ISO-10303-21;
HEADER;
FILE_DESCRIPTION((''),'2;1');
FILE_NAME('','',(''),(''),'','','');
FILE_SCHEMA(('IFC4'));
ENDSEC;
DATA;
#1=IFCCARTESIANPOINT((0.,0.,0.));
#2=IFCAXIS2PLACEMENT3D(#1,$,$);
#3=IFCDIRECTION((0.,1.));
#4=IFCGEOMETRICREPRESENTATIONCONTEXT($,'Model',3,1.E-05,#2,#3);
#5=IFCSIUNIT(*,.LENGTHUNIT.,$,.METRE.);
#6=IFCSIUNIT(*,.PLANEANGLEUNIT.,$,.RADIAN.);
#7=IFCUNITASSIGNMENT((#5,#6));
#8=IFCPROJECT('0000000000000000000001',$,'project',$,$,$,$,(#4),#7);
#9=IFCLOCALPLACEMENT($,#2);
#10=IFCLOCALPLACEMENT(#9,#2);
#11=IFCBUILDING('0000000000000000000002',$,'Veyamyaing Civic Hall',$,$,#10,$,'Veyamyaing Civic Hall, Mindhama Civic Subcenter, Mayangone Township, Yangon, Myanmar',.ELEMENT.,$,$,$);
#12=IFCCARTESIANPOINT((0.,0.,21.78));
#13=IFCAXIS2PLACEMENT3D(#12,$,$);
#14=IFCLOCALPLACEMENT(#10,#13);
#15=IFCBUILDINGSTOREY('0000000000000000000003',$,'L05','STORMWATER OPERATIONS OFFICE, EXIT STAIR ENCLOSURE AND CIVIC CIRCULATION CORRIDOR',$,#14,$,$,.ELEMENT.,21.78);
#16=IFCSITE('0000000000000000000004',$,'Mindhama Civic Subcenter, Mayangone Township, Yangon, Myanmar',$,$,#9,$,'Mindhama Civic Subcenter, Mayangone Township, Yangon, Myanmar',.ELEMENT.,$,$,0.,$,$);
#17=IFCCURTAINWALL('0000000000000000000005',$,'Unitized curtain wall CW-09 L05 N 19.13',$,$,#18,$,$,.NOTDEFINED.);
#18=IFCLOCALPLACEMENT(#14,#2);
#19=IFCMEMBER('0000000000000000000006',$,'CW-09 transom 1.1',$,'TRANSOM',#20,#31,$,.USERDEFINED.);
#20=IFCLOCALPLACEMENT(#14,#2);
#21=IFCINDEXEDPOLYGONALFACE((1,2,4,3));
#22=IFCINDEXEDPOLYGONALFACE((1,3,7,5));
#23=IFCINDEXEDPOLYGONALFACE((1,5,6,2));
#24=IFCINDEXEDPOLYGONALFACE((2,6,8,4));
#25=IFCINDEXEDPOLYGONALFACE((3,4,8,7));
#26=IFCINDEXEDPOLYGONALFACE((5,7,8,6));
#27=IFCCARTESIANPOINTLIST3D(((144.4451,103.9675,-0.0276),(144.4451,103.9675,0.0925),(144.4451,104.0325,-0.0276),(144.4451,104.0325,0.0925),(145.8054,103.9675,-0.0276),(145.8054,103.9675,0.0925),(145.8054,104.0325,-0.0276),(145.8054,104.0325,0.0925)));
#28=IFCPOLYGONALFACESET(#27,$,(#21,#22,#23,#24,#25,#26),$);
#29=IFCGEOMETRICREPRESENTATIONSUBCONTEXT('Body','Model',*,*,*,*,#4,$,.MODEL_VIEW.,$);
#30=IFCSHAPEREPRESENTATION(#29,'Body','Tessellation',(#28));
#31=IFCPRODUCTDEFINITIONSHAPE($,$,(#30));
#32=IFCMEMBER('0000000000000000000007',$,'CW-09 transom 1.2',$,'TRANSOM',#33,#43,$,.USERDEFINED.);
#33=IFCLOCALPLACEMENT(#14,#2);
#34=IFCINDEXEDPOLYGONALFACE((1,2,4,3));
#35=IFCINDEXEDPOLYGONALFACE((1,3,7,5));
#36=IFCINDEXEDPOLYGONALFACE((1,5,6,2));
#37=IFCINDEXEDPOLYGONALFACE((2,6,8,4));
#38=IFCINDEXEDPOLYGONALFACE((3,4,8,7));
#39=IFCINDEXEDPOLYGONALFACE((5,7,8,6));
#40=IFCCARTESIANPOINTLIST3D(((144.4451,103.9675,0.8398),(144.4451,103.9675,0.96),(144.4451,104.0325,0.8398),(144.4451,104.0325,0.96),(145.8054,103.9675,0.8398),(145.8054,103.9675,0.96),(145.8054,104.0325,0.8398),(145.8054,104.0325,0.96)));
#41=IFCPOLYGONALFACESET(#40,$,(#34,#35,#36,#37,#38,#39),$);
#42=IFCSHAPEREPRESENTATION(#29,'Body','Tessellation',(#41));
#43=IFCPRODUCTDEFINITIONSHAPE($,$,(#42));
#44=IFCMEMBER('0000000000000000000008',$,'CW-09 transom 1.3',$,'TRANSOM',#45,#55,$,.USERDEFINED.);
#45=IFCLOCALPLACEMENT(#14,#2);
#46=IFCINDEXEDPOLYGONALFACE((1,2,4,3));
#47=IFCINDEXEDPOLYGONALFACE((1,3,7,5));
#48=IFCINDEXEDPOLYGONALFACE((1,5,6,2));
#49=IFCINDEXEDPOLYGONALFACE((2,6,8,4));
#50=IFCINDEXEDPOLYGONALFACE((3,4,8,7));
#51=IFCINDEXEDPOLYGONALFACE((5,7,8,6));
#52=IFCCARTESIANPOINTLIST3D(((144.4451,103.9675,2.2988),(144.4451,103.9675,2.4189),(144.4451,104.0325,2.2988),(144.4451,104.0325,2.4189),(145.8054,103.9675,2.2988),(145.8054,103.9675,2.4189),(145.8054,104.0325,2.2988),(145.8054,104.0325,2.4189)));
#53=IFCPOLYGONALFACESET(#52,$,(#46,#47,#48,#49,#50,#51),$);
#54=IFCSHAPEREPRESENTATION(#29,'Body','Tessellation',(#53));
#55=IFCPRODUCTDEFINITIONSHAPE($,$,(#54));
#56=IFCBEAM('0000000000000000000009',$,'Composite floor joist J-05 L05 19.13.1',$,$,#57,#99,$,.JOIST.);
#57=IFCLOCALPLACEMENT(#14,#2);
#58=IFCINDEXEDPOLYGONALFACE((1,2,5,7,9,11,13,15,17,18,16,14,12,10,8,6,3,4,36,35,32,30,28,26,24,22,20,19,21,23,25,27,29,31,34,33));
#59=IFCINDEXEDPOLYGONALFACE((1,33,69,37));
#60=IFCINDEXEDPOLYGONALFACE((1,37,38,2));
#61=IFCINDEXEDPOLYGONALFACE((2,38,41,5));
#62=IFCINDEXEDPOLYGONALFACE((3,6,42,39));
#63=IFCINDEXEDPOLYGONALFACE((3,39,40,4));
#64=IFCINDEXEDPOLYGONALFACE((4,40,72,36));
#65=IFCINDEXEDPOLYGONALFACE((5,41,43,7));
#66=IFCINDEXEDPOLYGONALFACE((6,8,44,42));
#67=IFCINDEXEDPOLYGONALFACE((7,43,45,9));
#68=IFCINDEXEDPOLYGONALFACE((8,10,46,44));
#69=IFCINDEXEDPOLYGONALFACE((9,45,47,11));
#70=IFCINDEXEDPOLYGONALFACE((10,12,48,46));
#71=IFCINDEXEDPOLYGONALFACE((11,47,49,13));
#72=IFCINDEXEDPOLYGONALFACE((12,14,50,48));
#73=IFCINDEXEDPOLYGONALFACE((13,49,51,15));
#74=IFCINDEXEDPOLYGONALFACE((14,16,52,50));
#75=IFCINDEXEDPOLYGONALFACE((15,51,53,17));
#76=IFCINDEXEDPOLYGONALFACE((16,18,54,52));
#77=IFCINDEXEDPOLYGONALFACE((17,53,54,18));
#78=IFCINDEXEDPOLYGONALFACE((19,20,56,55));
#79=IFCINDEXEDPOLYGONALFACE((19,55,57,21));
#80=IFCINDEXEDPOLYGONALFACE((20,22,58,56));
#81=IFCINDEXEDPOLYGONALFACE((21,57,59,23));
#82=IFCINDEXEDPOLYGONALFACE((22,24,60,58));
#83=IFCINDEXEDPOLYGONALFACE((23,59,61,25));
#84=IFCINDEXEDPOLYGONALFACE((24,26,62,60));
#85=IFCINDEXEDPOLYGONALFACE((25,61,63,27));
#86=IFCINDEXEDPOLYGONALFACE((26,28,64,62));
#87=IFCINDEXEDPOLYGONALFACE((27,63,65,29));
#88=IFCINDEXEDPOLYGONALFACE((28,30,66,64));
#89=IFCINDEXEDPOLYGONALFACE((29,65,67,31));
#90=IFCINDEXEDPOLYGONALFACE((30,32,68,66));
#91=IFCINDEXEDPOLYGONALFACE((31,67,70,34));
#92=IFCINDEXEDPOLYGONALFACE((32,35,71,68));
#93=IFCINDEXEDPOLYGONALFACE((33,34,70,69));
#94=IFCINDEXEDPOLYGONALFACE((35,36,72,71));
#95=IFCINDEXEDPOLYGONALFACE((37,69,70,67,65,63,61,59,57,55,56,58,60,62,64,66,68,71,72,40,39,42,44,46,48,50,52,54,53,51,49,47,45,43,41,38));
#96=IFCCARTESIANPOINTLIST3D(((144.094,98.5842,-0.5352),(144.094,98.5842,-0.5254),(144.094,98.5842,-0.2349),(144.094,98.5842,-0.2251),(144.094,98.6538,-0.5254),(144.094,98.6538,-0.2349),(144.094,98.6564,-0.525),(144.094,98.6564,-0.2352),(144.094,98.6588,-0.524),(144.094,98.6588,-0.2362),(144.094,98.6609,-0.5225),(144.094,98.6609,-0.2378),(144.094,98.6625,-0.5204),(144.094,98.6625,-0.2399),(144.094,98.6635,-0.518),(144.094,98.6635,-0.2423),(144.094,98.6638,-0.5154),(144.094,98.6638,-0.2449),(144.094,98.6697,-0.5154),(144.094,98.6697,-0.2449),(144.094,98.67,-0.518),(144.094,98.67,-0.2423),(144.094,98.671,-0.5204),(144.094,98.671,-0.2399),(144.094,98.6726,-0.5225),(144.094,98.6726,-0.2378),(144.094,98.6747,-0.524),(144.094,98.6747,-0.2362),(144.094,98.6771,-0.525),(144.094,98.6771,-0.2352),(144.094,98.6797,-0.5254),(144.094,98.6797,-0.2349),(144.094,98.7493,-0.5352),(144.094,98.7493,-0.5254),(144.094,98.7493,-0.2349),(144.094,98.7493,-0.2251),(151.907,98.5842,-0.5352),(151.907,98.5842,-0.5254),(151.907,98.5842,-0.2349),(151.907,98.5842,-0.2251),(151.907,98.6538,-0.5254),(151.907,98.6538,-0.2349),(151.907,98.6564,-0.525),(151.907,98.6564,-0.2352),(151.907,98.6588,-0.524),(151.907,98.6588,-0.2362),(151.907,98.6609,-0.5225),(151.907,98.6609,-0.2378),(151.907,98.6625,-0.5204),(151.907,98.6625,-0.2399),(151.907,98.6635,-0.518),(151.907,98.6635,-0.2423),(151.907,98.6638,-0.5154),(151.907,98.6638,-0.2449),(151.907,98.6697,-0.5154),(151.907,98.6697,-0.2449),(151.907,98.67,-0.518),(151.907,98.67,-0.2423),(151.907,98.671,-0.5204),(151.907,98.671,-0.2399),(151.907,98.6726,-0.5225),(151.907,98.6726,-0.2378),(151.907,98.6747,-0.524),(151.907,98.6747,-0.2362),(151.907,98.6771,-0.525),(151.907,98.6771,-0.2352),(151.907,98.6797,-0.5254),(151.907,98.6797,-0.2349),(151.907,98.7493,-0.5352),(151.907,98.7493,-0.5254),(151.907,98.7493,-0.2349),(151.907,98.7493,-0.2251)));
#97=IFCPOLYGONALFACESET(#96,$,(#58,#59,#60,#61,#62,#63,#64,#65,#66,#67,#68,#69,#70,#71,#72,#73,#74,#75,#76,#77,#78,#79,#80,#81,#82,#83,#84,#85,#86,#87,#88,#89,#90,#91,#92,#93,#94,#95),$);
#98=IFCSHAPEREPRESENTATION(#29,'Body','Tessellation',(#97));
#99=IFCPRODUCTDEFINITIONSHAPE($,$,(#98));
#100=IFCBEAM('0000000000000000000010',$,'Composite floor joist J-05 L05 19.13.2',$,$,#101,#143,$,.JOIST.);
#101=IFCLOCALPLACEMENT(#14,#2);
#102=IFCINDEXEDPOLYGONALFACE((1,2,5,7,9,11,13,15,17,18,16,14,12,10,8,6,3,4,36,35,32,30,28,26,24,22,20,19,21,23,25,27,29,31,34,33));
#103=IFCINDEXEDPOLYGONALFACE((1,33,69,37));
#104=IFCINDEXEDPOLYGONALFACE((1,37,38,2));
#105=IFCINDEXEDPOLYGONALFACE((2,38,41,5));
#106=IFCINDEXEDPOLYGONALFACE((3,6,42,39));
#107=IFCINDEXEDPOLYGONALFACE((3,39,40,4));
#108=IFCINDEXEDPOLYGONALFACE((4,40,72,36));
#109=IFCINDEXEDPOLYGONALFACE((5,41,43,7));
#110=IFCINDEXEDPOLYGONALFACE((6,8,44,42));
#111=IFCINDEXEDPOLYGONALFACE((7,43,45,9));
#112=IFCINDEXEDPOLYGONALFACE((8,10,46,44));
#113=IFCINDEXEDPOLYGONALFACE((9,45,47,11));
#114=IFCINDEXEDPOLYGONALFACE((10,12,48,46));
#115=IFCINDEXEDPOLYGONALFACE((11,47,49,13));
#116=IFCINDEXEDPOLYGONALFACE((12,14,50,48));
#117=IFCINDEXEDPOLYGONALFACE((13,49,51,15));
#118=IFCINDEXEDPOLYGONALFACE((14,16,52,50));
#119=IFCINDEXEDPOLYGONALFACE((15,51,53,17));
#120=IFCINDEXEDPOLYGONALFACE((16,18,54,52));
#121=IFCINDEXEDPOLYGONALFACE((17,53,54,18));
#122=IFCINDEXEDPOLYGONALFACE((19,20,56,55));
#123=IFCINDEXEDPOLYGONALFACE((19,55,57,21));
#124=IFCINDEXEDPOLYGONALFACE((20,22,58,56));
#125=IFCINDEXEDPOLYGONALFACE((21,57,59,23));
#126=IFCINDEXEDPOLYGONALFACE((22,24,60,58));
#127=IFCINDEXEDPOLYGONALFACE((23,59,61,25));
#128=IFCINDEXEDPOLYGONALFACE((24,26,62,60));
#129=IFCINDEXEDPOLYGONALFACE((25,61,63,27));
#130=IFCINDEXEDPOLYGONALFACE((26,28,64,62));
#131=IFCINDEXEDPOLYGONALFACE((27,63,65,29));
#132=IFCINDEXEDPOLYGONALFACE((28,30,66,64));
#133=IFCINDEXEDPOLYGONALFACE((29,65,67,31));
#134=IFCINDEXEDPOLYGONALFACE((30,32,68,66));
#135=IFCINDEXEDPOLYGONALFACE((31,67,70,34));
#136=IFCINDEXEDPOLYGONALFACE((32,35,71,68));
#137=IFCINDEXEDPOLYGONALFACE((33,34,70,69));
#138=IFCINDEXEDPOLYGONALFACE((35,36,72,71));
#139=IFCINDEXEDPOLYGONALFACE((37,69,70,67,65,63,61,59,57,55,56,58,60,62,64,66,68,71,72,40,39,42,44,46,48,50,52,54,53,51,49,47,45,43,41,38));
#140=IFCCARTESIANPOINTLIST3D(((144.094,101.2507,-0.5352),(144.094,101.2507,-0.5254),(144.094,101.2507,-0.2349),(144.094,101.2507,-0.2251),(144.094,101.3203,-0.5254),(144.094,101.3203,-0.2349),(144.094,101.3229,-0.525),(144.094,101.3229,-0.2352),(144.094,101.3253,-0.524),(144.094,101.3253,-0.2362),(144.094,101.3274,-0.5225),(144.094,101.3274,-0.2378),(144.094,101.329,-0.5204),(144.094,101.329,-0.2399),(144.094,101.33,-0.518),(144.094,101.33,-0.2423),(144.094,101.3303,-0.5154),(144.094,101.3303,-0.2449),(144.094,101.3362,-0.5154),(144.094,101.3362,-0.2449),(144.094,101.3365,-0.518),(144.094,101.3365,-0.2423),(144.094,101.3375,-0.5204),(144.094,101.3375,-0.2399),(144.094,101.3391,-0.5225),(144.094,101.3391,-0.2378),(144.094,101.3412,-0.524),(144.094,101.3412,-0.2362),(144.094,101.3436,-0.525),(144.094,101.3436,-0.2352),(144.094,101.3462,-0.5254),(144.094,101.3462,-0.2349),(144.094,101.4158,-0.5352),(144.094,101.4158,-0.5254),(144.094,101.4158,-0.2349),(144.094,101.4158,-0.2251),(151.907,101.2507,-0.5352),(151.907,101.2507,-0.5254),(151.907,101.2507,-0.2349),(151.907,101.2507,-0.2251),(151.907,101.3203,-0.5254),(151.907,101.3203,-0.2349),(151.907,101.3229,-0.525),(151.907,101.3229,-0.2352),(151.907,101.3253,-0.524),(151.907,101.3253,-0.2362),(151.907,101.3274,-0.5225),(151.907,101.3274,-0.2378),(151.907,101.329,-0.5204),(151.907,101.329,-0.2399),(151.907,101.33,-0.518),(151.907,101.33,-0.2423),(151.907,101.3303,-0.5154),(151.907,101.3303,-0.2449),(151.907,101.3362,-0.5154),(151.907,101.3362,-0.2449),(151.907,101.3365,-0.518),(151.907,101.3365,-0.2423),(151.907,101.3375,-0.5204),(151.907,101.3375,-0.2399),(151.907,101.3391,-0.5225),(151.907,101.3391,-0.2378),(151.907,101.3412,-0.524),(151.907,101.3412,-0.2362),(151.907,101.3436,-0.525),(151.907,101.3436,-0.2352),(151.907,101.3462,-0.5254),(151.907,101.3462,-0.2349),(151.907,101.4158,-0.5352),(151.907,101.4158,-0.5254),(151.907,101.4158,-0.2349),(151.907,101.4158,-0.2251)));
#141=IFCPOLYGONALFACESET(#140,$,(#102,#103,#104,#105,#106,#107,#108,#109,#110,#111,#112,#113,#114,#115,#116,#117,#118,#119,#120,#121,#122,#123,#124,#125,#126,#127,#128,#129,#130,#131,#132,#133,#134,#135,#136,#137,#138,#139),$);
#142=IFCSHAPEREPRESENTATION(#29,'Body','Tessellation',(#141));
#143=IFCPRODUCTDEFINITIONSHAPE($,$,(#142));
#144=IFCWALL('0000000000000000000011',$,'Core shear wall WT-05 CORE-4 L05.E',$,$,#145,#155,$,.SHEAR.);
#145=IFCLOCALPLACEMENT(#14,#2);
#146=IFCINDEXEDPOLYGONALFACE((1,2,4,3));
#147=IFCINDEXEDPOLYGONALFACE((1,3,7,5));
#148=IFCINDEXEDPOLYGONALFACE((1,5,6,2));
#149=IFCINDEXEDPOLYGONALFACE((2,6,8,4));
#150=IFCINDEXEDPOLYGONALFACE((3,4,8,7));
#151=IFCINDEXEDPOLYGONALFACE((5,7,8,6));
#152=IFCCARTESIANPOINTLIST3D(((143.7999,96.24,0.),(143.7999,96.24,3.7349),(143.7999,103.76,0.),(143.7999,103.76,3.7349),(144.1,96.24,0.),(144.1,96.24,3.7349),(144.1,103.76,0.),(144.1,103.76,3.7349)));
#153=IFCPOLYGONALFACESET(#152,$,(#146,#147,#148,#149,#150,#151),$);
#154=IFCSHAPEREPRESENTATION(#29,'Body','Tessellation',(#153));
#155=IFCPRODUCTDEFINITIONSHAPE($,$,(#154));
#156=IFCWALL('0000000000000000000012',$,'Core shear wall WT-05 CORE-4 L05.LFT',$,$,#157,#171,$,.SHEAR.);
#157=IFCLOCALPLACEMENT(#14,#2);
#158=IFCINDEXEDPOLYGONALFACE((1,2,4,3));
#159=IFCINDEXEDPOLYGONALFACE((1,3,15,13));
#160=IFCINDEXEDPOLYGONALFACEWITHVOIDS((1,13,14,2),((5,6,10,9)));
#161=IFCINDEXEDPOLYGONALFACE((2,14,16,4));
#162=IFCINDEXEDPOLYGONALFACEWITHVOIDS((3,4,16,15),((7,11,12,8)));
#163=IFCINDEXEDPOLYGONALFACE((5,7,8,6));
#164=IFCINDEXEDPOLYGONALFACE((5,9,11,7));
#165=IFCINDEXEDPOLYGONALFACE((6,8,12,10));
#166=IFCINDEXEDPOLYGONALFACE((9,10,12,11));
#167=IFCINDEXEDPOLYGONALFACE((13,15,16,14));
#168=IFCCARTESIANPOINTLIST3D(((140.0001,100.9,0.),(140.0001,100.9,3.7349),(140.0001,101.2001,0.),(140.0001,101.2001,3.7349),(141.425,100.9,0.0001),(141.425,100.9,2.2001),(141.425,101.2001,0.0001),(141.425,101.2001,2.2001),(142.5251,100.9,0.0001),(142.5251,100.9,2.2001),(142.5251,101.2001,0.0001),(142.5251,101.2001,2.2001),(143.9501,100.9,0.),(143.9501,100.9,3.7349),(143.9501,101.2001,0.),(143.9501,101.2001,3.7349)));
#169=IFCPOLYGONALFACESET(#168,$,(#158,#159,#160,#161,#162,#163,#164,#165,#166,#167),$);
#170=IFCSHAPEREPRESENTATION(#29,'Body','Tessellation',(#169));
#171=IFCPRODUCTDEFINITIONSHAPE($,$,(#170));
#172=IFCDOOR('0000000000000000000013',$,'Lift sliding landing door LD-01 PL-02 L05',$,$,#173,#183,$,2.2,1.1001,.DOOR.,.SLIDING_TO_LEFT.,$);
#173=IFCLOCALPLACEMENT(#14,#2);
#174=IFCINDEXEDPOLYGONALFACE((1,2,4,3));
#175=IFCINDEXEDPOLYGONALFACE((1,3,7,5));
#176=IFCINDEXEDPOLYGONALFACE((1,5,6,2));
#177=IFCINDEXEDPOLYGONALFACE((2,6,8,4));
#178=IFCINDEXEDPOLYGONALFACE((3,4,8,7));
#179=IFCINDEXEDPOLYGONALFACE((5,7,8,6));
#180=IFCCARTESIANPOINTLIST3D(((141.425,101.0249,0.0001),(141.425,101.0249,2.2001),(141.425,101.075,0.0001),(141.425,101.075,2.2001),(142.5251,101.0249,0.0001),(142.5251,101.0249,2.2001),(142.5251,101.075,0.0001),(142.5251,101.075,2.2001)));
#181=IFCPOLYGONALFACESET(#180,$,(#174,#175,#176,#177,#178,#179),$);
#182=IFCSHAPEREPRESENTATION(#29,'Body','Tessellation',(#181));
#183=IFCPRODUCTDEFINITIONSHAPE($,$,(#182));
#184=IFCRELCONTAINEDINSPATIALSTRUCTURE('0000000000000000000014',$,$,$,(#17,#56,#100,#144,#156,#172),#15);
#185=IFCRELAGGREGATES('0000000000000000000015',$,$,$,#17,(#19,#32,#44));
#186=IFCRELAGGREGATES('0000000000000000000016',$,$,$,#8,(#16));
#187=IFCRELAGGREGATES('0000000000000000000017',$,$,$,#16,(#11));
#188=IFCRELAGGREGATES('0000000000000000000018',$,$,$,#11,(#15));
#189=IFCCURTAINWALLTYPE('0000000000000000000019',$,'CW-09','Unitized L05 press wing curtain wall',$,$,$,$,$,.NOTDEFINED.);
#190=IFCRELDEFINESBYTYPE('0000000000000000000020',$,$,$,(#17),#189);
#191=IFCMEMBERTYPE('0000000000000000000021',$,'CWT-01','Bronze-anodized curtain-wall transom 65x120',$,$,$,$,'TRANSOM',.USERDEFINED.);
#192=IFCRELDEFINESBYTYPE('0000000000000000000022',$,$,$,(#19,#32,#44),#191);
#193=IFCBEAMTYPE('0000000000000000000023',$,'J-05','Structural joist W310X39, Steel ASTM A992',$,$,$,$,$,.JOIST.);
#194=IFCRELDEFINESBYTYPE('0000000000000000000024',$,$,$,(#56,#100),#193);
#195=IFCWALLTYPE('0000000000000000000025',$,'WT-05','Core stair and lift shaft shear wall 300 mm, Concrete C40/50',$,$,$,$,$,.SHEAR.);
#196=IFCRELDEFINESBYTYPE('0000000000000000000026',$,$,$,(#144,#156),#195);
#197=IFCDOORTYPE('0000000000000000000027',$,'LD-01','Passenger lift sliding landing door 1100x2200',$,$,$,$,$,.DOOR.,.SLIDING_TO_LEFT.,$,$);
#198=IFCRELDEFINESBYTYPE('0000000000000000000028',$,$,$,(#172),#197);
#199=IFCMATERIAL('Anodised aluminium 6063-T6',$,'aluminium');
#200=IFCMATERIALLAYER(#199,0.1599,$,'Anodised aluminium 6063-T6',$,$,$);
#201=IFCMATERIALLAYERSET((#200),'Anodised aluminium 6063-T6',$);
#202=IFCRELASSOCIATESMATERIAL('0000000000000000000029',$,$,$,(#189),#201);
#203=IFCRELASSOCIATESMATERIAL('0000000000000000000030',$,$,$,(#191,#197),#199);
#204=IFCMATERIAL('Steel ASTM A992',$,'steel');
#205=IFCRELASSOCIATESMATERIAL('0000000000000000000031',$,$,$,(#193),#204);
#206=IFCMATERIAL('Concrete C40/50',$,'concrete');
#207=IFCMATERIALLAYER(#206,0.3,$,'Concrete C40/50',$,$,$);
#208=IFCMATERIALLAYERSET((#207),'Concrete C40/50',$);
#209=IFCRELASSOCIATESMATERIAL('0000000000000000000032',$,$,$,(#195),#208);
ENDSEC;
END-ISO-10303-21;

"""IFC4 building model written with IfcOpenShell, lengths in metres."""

from ifc_helpers import new_model, si_unit, direction, frame, frame_2d, origin, origin_2d, place, context, subcontext, project, spatial, rectangle, i_section, extrude, material, layer, layer_set, material_profile, profile_set, type_object, element, fill, aggregate, save


model = new_model("IFC4")

# Units and contexts
model_context = context("Model", 3, precision=1e-05, world=origin(), true_north=direction((0.0, 1.0)))
body_context = subcontext(model_context, "Body", "Model", "MODEL_VIEW")
ifc_project = project(units=[si_unit("LENGTHUNIT", "METRE"), si_unit("PLANEANGLEUNIT", "RADIAN")], contexts=[model_context])

# Site, building, storey
site_placement = place(None, origin())
site = spatial("IfcSite", under=ifc_project, at=site_placement, Name="Mindhama Civic Subcenter, Mayangone Township, Yangon, Myanmar", LongName="Mindhama Civic Subcenter, Mayangone Township, Yangon, Myanmar", CompositionType="ELEMENT", RefElevation=0.0)
building_placement = place(site_placement, origin())
building = spatial("IfcBuilding", under=site, at=building_placement, Name="Veyamyaing Civic Hall", LongName="Veyamyaing Civic Hall, Mindhama Civic Subcenter, Mayangone Township, Yangon, Myanmar", CompositionType="ELEMENT")
storey_placement = place(building_placement, frame((0.0, 0.0, 21.78)))
storey = spatial("IfcBuildingStorey", under=building, at=storey_placement, Name="L05", Description="STORMWATER OPERATIONS OFFICE, EXIT STAIR ENCLOSURE AND CIVIC CIRCULATION CORRIDOR", CompositionType="ELEMENT", Elevation=21.78)

# Shared definitions
ifc_material_1 = material(Name="Steel ASTM A992", Category="steel")

# Curtain wall, members
ifc_material_2 = material(Name="Anodised aluminium 6063-T6", Category="aluminium")
ifc_layer_1 = layer(ifc_material_2, 0.1599, Name="Anodised aluminium 6063-T6")
ifc_layer_set_1 = layer_set([ifc_layer_1], Name="Anodised aluminium 6063-T6")
curtain_wall_type = type_object("IfcCurtainWallType", Name="CW-09", Description="Unitized L05 press wing curtain wall", PredefinedType="NOTDEFINED", material=ifc_layer_set_1)
curtain_wall_placement = place(storey_placement, origin())
curtain_wall = element("IfcCurtainWall", 1, at=curtain_wall_placement, inside=storey, type_object=curtain_wall_type, Name="Unitized curtain wall CW-09 L05 N 19.13", PredefinedType="NOTDEFINED")
ifc_material_profile_1 = material_profile(ifc_material_2, rectangle(XDim=0.0649, YDim=0.1201, at=origin_2d()), Name="ALU-TRN-65X120")
ifc_profile_set_1 = profile_set([ifc_material_profile_1], Name="Anodised aluminium 6063-T6")
member_type_1 = type_object("IfcMemberType", Name="CWT-01", Description="Bronze-anodized curtain-wall transom 65x120", ElementType="TRANSOM", PredefinedType="USERDEFINED", material=ifc_profile_set_1)
member_1_placement = place(storey_placement, frame((144.4451, 104.0, 0.0325), z_axis=(1.0, 0.0, 0.0), x_axis=(0.0, 1.0, 0.0)))
member_1 = element("IfcMember", 2, at=member_1_placement, type_object=member_type_1, Name="CW-09 transom 1.1", ObjectType="TRANSOM", PredefinedType="USERDEFINED", context=body_context, shape_type="SweptSolid", body=[
    extrude(rectangle(XDim=0.0649, YDim=0.1201, at=origin_2d()), origin(), (0.0, 0.0, 1.0), 1.3604),
])
member_2_placement = place(storey_placement, frame((144.4451, 104.0, 0.8999), z_axis=(1.0, 0.0, 0.0), x_axis=(0.0, 1.0, 0.0)))
member_2 = element("IfcMember", 3, at=member_2_placement, type_object=member_type_1, Name="CW-09 transom 1.2", ObjectType="TRANSOM", PredefinedType="USERDEFINED", context=body_context, shape_type="SweptSolid", body=[
    extrude(rectangle(XDim=0.0649, YDim=0.1201, at=origin_2d()), origin(), (0.0, 0.0, 1.0), 1.3604),
])
member_3_placement = place(storey_placement, frame((144.4451, 104.0, 2.3589), z_axis=(1.0, 0.0, 0.0), x_axis=(0.0, 1.0, 0.0)))
member_3 = element("IfcMember", 4, at=member_3_placement, type_object=member_type_1, Name="CW-09 transom 1.3", ObjectType="TRANSOM", PredefinedType="USERDEFINED", context=body_context, shape_type="SweptSolid", body=[
    extrude(rectangle(XDim=0.0649, YDim=0.1201, at=origin_2d()), origin(), (0.0, 0.0, 1.0), 1.3604),
])
aggregate(curtain_wall, [member_1, member_2, member_3])

# Beams
ifc_material_profile_2 = material_profile(ifc_material_1, i_section(OverallWidth=0.165, OverallDepth=0.3101, WebThickness=0.0059, FlangeThickness=0.0098, FilletRadius=0.01, at=origin_2d()), Name="W310X39")
ifc_profile_set_2 = profile_set([ifc_material_profile_2], Name="Steel ASTM A992")
beam_type_1 = type_object("IfcBeamType", Name="J-05", Description="Structural joist W310X39, Steel ASTM A992", PredefinedType="JOIST", material=ifc_profile_set_2)
for number, where, z_axis, x_axis, name in (
    (5, (144.094, 98.6667, -0.3801), (1.0, 0.0, 0.0), (0.0, 1.0, 0.0), "Composite floor joist J-05 L05 19.13.1"),
    (6, (144.094, 101.3333, -0.3801), (1.0, 0.0, 0.0), (0.0, 1.0, 0.0), "Composite floor joist J-05 L05 19.13.2"),
):
    element("IfcBeam", number, at=place(storey_placement, frame(where, z_axis=z_axis, x_axis=x_axis)), inside=storey, type_object=beam_type_1, Name=name, PredefinedType="JOIST", context=body_context, shape_type="SweptSolid", body=[
        extrude(i_section(OverallWidth=0.165, OverallDepth=0.3101, WebThickness=0.0059, FlangeThickness=0.0098, FilletRadius=0.01, at=origin_2d()), origin(), (0.0, 0.0, 1.0), 7.813),
    ])

# Wall
ifc_material_3 = material(Name="Concrete C40/50", Category="concrete")
ifc_layer_2 = layer(ifc_material_3, 0.3, Name="Concrete C40/50")
ifc_layer_set_2 = layer_set([ifc_layer_2], Name="Concrete C40/50")
wall_type_1 = type_object("IfcWallType", Name="WT-05", Description="Core stair and lift shaft shear wall 300 mm, Concrete C40/50", PredefinedType="SHEAR", material=ifc_layer_set_2)
wall_1_placement = place(storey_placement, frame((143.95, 96.24, 0.0), z_axis=(0.0, 0.0, 1.0), x_axis=(0.0, 1.0, 0.0)))
element("IfcWall", 7, at=wall_1_placement, inside=storey, type_object=wall_type_1, Name="Core shear wall WT-05 CORE-4 L05.E", PredefinedType="SHEAR", context=body_context, shape_type="SweptSolid", body=[
    extrude(rectangle(XDim=7.52, YDim=0.3, at=frame_2d((3.76, 0.0))), origin(), (0.0, 0.0, 1.0), 3.7349),
])

# Wall, opening, door
wall_2_placement = place(storey_placement, frame((140.0, 101.05, 0.0), z_axis=(0.0, 0.0, 1.0), x_axis=(1.0, 0.0, 0.0)))
wall_2 = element("IfcWall", 8, at=wall_2_placement, inside=storey, type_object=wall_type_1, Name="Core shear wall WT-05 CORE-4 L05.LFT", PredefinedType="SHEAR", context=body_context, shape_type="SweptSolid", body=[
    extrude(rectangle(XDim=3.95, YDim=0.3, at=frame_2d((1.9751, 0.0))), origin(), (0.0, 0.0, 1.0), 3.7349),
])
opening_1_placement = place(wall_2_placement, frame((1.425, 0.0, 0.0)))
opening_1 = element("IfcOpeningElement", 9, at=opening_1_placement, cuts=wall_2, PredefinedType="OPENING", context=body_context, shape_type="SweptSolid", body=[
    extrude(rectangle(XDim=1.1001, YDim=2.2, at=frame_2d((0.55, 1.1001))), frame((0.0, 0.1599, 0.0), z_axis=(0.0, -1.0, 0.0), x_axis=(1.0, 0.0, 0.0)), (0.0, 0.0, 1.0), 0.3201),
])
door_type_1 = type_object("IfcDoorType", Name="LD-01", Description="Passenger lift sliding landing door 1100x2200", OperationType="SLIDING_TO_LEFT", PredefinedType="DOOR", material=ifc_material_2)
door_1_placement = place(opening_1_placement, origin())
door_1 = element("IfcDoor", 10, at=door_1_placement, inside=storey, type_object=door_type_1, Name="Lift sliding landing door LD-01 PL-02 L05", OperationType="SLIDING_TO_LEFT", OverallHeight=2.2, OverallWidth=1.1001, PredefinedType="DOOR", context=body_context, shape_type="SweptSolid", body=[
    extrude(rectangle(XDim=1.1001, YDim=2.2, at=frame_2d((0.55, 1.1001))), frame((0.0, 0.0249, 0.0), z_axis=(0.0, -1.0, 0.0), x_axis=(1.0, 0.0, 0.0)), (0.0, 0.0, 1.0), 0.05),
])
fill(opening_1, door_1)

save(model, "model.ifc")
